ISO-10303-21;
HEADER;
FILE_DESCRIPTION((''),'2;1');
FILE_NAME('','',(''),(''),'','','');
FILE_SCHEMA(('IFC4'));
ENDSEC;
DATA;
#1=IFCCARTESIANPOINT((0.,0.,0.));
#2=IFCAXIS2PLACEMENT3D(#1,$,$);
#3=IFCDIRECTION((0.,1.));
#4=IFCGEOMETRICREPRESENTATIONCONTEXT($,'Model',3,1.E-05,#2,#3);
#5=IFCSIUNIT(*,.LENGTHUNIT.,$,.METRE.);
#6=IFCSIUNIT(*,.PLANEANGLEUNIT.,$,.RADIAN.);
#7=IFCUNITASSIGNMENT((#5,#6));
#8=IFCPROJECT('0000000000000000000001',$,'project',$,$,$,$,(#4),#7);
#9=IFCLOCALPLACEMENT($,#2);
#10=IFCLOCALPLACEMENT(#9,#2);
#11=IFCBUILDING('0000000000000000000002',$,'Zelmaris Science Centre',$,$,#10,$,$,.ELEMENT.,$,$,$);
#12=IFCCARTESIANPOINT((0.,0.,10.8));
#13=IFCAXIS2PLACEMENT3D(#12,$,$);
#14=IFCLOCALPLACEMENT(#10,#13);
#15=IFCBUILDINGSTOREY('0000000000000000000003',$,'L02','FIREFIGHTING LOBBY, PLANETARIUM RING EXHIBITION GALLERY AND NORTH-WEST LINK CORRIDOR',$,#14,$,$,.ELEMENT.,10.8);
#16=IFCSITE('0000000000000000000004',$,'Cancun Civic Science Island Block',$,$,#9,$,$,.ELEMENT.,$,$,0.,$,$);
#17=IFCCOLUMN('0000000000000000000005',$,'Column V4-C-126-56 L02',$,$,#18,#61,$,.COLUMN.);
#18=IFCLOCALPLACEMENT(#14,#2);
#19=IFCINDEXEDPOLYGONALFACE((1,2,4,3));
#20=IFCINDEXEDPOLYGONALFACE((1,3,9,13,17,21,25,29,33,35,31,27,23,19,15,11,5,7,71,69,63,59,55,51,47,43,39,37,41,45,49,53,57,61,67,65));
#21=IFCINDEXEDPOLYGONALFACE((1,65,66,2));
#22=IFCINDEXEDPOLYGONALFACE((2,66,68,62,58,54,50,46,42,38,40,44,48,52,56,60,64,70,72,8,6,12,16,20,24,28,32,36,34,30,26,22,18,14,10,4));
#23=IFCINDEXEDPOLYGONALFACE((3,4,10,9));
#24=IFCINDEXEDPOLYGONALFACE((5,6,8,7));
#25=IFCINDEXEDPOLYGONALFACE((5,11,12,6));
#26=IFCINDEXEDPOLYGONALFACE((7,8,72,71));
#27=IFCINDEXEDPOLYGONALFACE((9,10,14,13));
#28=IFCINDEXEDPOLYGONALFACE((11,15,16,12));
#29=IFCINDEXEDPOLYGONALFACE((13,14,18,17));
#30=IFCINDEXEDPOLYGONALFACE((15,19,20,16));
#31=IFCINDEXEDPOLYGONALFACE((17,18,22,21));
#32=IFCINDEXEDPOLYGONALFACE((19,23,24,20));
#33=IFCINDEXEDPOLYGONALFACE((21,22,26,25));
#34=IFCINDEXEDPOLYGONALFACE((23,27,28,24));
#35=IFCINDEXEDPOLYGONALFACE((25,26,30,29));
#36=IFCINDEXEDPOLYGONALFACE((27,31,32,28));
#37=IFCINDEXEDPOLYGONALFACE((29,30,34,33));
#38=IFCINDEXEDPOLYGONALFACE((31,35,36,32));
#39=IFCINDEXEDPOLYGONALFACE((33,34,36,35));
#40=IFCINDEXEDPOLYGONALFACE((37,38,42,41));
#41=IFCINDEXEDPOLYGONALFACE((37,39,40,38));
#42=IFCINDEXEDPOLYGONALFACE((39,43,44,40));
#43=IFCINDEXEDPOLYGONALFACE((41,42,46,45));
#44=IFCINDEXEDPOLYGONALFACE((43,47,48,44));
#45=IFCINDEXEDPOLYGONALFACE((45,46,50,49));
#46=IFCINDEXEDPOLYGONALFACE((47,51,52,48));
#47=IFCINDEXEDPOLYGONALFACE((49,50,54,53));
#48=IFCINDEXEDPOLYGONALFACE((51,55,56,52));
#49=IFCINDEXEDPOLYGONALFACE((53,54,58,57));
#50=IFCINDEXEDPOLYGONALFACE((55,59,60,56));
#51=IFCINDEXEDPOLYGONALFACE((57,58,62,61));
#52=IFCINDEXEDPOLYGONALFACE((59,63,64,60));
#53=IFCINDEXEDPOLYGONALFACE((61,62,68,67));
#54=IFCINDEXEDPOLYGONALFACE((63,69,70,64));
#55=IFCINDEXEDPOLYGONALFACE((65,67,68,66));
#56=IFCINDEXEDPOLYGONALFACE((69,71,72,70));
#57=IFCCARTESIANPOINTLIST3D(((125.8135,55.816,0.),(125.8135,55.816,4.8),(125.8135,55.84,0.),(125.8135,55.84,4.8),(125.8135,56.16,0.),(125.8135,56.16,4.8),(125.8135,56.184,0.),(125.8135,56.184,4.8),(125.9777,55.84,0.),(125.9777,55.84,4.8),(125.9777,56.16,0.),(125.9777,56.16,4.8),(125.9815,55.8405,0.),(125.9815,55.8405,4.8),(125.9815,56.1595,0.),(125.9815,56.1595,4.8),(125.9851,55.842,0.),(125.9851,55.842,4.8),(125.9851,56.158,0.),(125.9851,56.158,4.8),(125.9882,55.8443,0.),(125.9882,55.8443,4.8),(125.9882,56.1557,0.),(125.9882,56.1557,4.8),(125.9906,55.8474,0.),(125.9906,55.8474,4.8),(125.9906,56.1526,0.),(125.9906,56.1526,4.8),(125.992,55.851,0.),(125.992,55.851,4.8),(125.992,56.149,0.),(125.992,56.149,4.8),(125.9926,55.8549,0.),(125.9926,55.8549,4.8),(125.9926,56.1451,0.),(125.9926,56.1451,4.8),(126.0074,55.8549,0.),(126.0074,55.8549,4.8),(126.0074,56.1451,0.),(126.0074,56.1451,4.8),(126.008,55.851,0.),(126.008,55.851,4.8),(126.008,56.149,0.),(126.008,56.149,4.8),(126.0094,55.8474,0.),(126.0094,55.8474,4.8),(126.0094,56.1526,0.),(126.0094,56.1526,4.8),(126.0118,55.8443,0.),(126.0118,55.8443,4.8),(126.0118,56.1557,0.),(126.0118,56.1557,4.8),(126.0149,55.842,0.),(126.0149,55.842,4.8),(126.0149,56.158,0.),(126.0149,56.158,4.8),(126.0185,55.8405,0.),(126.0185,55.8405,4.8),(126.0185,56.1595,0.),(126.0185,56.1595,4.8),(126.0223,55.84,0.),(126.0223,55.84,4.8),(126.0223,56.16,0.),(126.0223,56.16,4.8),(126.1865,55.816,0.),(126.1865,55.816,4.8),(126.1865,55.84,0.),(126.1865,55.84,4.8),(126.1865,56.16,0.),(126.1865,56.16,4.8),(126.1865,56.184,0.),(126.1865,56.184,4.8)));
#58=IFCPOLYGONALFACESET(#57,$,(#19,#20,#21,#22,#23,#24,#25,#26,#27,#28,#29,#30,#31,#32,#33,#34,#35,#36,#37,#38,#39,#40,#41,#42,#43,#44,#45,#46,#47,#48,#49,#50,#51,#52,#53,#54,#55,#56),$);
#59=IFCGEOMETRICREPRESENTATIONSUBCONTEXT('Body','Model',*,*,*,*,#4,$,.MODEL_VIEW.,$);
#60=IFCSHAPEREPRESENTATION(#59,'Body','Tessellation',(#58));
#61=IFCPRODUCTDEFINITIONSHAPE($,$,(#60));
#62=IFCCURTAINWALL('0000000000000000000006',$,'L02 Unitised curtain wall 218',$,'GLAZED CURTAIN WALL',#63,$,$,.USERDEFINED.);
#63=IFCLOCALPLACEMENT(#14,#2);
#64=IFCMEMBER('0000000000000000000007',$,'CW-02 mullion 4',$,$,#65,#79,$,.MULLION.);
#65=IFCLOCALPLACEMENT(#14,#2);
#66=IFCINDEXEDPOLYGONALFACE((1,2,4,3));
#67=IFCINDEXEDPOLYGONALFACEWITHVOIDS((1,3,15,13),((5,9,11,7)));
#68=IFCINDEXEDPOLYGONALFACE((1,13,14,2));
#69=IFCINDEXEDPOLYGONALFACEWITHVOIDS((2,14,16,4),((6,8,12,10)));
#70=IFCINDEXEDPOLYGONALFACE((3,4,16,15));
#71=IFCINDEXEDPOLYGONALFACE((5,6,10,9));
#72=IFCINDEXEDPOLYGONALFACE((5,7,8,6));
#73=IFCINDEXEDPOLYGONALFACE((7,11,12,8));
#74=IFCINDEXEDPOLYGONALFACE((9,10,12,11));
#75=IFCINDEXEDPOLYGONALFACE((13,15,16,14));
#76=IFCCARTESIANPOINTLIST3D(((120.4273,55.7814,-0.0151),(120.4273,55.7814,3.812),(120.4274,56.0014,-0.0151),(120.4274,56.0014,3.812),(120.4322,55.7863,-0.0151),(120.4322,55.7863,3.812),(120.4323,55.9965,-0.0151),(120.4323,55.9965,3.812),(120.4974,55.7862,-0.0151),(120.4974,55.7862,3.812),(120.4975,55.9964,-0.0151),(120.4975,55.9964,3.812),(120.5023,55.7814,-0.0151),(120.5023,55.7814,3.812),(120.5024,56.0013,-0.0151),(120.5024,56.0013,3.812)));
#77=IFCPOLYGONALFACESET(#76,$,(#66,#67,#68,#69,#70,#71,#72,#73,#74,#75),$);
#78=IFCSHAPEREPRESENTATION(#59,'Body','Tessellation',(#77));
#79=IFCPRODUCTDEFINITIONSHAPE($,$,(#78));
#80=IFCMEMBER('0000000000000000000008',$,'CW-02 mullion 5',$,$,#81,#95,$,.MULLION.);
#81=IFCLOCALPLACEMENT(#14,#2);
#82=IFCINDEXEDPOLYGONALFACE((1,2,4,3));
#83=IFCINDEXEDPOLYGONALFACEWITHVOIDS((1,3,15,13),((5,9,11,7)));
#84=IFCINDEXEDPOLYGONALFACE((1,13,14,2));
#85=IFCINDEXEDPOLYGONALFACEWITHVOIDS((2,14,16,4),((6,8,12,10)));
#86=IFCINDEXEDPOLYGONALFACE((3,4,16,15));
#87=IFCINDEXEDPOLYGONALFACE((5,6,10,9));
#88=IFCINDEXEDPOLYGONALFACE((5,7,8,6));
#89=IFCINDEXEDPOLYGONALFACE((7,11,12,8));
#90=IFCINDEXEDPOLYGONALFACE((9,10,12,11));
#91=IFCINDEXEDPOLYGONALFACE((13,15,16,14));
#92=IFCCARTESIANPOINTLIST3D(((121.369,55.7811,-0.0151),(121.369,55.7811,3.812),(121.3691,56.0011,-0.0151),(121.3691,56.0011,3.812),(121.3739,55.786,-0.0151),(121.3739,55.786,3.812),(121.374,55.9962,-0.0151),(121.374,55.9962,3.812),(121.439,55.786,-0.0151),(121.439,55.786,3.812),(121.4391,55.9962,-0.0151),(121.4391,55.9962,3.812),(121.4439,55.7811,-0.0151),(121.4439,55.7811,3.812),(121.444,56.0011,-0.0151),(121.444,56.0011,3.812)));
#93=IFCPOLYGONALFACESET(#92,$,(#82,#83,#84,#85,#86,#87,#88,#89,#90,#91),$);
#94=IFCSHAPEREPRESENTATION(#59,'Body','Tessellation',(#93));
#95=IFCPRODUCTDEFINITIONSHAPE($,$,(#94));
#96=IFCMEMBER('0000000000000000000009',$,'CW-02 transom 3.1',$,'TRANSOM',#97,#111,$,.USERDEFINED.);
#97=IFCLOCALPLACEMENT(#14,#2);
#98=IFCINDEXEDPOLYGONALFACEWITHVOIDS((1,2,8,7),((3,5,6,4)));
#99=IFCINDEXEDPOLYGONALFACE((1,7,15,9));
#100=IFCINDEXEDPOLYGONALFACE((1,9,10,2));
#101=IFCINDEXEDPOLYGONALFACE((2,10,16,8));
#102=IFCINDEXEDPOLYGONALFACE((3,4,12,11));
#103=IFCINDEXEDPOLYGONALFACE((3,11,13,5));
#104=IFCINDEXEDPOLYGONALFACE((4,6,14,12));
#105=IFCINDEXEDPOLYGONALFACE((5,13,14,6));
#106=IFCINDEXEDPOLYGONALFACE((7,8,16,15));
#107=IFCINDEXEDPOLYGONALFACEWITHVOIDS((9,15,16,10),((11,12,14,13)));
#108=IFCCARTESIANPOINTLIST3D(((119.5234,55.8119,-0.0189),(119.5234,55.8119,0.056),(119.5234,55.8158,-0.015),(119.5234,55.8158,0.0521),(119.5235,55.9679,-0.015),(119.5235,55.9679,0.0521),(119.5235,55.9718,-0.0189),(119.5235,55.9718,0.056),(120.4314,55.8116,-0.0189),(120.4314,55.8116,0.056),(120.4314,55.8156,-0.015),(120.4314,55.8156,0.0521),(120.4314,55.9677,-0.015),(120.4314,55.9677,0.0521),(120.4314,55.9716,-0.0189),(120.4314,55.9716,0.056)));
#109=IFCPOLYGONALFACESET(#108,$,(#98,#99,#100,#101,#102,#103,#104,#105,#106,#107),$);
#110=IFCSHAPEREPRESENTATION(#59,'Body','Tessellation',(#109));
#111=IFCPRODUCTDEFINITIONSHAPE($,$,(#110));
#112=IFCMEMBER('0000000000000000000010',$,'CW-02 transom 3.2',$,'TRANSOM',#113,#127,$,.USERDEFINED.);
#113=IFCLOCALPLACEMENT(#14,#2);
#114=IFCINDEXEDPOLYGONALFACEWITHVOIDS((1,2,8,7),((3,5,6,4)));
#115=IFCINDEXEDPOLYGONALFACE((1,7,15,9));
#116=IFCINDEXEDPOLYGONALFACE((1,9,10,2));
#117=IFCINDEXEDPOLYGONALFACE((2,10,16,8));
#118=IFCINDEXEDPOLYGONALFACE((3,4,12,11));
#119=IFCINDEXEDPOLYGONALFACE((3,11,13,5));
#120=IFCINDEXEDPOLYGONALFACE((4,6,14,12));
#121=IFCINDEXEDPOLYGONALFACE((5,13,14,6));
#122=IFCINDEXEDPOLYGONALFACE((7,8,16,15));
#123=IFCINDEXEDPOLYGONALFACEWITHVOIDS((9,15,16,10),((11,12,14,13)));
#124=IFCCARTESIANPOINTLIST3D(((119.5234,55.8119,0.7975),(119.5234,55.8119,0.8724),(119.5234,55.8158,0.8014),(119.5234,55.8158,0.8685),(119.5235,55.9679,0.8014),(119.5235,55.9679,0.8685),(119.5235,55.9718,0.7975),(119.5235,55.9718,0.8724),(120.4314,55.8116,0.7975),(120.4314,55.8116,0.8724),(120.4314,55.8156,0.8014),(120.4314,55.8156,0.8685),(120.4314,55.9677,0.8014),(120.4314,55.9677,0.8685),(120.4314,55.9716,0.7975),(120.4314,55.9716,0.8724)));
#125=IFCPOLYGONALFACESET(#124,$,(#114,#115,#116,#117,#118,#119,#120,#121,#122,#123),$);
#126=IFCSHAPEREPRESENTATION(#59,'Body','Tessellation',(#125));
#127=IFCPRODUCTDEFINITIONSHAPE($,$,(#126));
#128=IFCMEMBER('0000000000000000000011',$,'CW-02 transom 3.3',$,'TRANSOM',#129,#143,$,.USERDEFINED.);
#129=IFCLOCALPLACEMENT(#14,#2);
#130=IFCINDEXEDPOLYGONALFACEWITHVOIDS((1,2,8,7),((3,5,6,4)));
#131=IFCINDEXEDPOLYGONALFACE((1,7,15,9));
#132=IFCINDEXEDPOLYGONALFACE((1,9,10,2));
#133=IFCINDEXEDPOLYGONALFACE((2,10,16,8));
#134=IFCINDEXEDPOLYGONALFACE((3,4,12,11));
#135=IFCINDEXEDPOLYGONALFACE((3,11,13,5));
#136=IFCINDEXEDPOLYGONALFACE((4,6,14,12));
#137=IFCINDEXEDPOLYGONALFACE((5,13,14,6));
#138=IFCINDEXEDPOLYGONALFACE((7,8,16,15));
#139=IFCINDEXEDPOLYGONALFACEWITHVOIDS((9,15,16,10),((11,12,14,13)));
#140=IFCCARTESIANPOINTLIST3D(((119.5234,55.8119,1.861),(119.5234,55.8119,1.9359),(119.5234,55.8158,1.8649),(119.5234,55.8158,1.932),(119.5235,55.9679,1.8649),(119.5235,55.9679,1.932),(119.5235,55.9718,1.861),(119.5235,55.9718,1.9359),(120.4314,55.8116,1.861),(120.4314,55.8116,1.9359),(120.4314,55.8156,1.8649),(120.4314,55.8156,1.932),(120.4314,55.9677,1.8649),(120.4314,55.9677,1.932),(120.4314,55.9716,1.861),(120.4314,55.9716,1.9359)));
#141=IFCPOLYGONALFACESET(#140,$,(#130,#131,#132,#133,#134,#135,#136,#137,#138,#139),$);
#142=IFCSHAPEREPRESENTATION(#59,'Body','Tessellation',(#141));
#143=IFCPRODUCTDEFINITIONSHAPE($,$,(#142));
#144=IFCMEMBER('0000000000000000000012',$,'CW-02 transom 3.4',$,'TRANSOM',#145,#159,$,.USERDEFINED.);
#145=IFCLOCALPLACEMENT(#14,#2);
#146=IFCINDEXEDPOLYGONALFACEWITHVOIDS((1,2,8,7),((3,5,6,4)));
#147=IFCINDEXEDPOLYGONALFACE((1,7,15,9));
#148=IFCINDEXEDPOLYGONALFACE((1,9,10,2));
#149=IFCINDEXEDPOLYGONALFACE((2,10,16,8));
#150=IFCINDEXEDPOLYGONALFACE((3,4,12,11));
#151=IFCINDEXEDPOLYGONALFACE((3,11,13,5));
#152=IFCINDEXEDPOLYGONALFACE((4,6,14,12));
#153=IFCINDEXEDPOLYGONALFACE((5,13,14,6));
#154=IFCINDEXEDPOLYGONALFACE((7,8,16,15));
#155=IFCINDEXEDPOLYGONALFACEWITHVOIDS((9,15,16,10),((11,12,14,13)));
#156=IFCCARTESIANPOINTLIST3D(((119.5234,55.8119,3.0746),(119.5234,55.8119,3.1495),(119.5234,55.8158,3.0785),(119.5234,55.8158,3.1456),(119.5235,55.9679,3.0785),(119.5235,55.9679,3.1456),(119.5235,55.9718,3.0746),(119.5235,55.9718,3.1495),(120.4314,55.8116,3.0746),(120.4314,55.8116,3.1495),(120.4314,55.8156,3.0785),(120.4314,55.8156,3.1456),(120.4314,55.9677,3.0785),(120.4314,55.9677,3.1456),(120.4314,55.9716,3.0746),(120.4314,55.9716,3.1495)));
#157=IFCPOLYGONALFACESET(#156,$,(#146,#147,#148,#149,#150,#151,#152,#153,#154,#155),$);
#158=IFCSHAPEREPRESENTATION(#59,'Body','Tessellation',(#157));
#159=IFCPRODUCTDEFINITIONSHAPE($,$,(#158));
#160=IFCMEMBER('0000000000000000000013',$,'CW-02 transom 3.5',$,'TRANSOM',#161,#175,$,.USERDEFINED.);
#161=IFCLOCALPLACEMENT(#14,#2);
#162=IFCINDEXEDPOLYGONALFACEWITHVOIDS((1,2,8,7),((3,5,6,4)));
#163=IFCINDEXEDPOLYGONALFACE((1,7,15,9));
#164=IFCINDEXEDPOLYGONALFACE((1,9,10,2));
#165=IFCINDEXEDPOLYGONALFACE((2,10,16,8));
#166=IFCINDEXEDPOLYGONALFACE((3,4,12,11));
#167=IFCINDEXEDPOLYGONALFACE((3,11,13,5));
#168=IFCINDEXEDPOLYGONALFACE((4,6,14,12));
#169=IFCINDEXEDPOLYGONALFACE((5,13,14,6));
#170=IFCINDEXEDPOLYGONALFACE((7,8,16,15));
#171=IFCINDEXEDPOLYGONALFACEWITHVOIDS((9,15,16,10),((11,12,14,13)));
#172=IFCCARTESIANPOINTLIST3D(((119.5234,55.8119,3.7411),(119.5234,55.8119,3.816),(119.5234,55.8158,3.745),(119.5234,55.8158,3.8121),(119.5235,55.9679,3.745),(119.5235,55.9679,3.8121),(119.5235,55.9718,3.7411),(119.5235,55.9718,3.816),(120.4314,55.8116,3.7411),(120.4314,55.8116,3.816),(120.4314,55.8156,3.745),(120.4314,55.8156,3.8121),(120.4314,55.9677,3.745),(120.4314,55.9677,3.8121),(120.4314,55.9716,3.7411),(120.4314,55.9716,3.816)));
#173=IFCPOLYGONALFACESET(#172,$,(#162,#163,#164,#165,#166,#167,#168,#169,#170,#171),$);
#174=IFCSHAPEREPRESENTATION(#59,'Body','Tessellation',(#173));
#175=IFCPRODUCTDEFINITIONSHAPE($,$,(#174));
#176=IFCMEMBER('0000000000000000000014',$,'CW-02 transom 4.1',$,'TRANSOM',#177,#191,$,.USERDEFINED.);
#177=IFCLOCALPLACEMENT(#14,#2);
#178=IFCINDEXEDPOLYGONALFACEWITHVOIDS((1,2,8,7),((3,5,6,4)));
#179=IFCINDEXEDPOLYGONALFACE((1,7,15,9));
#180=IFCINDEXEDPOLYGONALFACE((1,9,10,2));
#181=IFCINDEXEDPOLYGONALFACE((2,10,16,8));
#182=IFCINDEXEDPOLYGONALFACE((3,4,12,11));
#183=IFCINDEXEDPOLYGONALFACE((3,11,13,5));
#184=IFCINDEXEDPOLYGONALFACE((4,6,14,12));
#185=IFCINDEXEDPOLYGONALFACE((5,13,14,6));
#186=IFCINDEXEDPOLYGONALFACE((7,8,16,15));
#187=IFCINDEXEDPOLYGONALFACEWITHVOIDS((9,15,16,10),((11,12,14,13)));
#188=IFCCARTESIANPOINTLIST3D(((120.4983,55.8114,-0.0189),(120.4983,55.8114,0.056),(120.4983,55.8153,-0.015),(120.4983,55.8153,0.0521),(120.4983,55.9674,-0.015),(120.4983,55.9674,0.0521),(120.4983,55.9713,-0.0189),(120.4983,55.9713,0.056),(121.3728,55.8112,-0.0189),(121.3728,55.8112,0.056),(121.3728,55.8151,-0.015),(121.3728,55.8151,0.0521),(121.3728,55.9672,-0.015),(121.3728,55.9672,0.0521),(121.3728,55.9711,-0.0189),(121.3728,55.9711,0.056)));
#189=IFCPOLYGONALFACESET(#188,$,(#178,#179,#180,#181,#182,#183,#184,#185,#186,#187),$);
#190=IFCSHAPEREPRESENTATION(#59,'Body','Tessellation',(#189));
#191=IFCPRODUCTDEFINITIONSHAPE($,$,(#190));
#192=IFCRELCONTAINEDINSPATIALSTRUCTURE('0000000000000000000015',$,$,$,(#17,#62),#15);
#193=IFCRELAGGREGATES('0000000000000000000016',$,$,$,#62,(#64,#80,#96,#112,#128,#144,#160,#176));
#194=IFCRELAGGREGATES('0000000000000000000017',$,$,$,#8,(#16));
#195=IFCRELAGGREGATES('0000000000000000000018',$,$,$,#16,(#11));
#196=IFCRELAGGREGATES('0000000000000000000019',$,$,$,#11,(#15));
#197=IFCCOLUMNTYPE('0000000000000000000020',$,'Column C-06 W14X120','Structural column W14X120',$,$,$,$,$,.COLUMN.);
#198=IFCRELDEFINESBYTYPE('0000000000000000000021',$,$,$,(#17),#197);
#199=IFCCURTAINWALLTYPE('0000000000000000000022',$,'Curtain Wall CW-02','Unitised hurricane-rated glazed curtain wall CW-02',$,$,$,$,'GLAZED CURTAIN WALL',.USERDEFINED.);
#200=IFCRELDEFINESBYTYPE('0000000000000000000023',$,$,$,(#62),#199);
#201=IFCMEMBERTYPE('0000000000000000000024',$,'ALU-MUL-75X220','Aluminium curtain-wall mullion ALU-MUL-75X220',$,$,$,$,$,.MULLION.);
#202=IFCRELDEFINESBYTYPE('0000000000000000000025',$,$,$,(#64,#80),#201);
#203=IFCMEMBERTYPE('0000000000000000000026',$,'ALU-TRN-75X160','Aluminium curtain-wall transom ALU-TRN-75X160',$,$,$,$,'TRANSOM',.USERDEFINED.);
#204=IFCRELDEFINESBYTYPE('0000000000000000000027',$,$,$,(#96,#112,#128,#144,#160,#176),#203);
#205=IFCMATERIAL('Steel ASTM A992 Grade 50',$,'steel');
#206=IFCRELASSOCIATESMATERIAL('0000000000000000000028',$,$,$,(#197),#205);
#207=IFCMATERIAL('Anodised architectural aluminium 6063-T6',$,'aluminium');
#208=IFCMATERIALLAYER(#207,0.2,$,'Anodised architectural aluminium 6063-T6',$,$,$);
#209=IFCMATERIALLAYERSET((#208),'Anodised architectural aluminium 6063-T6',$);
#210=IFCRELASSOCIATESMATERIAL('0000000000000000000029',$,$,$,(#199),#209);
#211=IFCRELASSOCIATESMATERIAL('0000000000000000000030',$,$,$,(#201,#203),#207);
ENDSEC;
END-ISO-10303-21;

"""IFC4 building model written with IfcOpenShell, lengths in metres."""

from ifc_helpers import new_model, si_unit, direction, frame, origin, origin_2d, place, context, subcontext, project, spatial, hollow_rectangle, i_section, extrude, material, layer, layer_set, material_profile, profile_set, type_object, element, aggregate, save


model = new_model("IFC4")

# Units and contexts
model_context = context("Model", 3, precision=1e-05, world=origin(), true_north=direction((0.0, 1.0)))
body_context = subcontext(model_context, "Body", "Model", "MODEL_VIEW")
ifc_project = project(units=[si_unit("LENGTHUNIT", "METRE"), si_unit("PLANEANGLEUNIT", "RADIAN")], contexts=[model_context])

# Site, building, storey
site_placement = place(None, origin())
site = spatial("IfcSite", under=ifc_project, at=site_placement, Name="Cancun Civic Science Island Block", CompositionType="ELEMENT", RefElevation=0.0)
building_placement = place(site_placement, origin())
building = spatial("IfcBuilding", under=site, at=building_placement, Name="Zelmaris Science Centre", CompositionType="ELEMENT")
storey_placement = place(building_placement, frame((0.0, 0.0, 10.8)))
storey = spatial("IfcBuildingStorey", under=building, at=storey_placement, Name="L02", Description="FIREFIGHTING LOBBY, PLANETARIUM RING EXHIBITION GALLERY AND NORTH-WEST LINK CORRIDOR", CompositionType="ELEMENT", Elevation=10.8)

# Column
ifc_material_1 = material(Name="Steel ASTM A992 Grade 50", Category="steel")
ifc_material_profile_1 = material_profile(ifc_material_1, i_section(OverallWidth=0.373, OverallDepth=0.3679, WebThickness=0.0149, FlangeThickness=0.0239, FilletRadius=0.0149, at=origin_2d()), Name="W14X120")
ifc_profile_set_1 = profile_set([ifc_material_profile_1], Name="Steel ASTM A992 Grade 50")
column_type = type_object("IfcColumnType", Name="Column C-06 W14X120", Description="Structural column W14X120", PredefinedType="COLUMN", material=ifc_profile_set_1)
column_placement = place(storey_placement, frame((126.0, 56.0, 0.0), z_axis=(0.0, 0.0, 1.0), x_axis=(1.0, 0.0, 0.0)))
element("IfcColumn", 1, at=column_placement, inside=storey, type_object=column_type, Name="Column V4-C-126-56 L02", PredefinedType="COLUMN", context=body_context, shape_type="SweptSolid", body=[
    extrude(i_section(OverallWidth=0.373, OverallDepth=0.3679, WebThickness=0.0149, FlangeThickness=0.0239, FilletRadius=0.0149, at=origin_2d()), origin(), (0.0, 0.0, 1.0), 4.8),
])

# Curtain wall, members
ifc_material_2 = material(Name="Anodised architectural aluminium 6063-T6", Category="aluminium")
ifc_layer_1 = layer(ifc_material_2, 0.2, Name="Anodised architectural aluminium 6063-T6")
ifc_layer_set_1 = layer_set([ifc_layer_1], Name="Anodised architectural aluminium 6063-T6")
curtain_wall_type = type_object("IfcCurtainWallType", Name="Curtain Wall CW-02", Description="Unitised hurricane-rated glazed curtain wall CW-02", ElementType="GLAZED CURTAIN WALL", PredefinedType="USERDEFINED", material=ifc_layer_set_1)
curtain_wall_placement = place(storey_placement, origin())
curtain_wall = element("IfcCurtainWall", 2, at=curtain_wall_placement, inside=storey, type_object=curtain_wall_type, Name="L02 Unitised curtain wall 218", ObjectType="GLAZED CURTAIN WALL", PredefinedType="USERDEFINED")
ifc_material_profile_2 = material_profile(ifc_material_2, hollow_rectangle(XDim=0.075, YDim=0.22, WallThickness=0.0049, at=origin_2d()), Name="ALU-MUL-75X220")
ifc_profile_set_2 = profile_set([ifc_material_profile_2], Name="Anodised architectural aluminium 6063-T6")
member_type_1 = type_object("IfcMemberType", Name="ALU-MUL-75X220", Description="Aluminium curtain-wall mullion ALU-MUL-75X220", PredefinedType="MULLION", material=ifc_profile_set_2)
member_1_placement = place(storey_placement, frame((120.4648, 55.8914, -0.0151), z_axis=(0.0, 0.0, 1.0), x_axis=(1.0, -0.000489, 0.0)))
member_1 = element("IfcMember", 3, at=member_1_placement, type_object=member_type_1, Name="CW-02 mullion 4", PredefinedType="MULLION", context=body_context, shape_type="SweptSolid", body=[
    extrude(hollow_rectangle(XDim=0.075, YDim=0.22, WallThickness=0.0049, at=origin_2d()), origin(), (0.0, 0.0, 1.0), 3.8271),
])
member_2_placement = place(storey_placement, frame((121.4065, 55.8911, -0.0151), z_axis=(0.0, 0.0, 1.0), x_axis=(1.0, -0.000489, 0.0)))
member_2 = element("IfcMember", 4, at=member_2_placement, type_object=member_type_1, Name="CW-02 mullion 5", PredefinedType="MULLION", context=body_context, shape_type="SweptSolid", body=[
    extrude(hollow_rectangle(XDim=0.075, YDim=0.22, WallThickness=0.0049, at=origin_2d()), origin(), (0.0, 0.0, 1.0), 3.8271),
])
ifc_material_profile_3 = material_profile(ifc_material_2, hollow_rectangle(XDim=0.075, YDim=0.1599, WallThickness=0.0039, at=origin_2d()), Name="ALU-TRN-75X160")
ifc_profile_set_3 = profile_set([ifc_material_profile_3], Name="Anodised architectural aluminium 6063-T6")
member_type_2 = type_object("IfcMemberType", Name="ALU-TRN-75X160", Description="Aluminium curtain-wall transom ALU-TRN-75X160", ElementType="TRANSOM", PredefinedType="USERDEFINED", material=ifc_profile_set_3)
member_3_placement = place(storey_placement, frame((119.5234, 55.8918, 0.0186), z_axis=(1.0, -0.000269, 0.0), x_axis=(0.0, 0.0, 1.0)))
member_3 = element("IfcMember", 5, at=member_3_placement, type_object=member_type_2, Name="CW-02 transom 3.1", ObjectType="TRANSOM", PredefinedType="USERDEFINED", context=body_context, shape_type="SweptSolid", body=[
    extrude(hollow_rectangle(XDim=0.075, YDim=0.1599, WallThickness=0.0039, at=origin_2d()), origin(), (0.0, 0.0, 1.0), 0.908),
])
member_4_placement = place(storey_placement, frame((119.5234, 55.8918, 0.835), z_axis=(1.0, -0.000269, 0.0), x_axis=(0.0, 0.0, 1.0)))
member_4 = element("IfcMember", 6, at=member_4_placement, type_object=member_type_2, Name="CW-02 transom 3.2", ObjectType="TRANSOM", PredefinedType="USERDEFINED", context=body_context, shape_type="SweptSolid", body=[
    extrude(hollow_rectangle(XDim=0.075, YDim=0.1599, WallThickness=0.0039, at=origin_2d()), origin(), (0.0, 0.0, 1.0), 0.908),
])
member_5_placement = place(storey_placement, frame((119.5234, 55.8918, 1.8984), z_axis=(1.0, -0.000269, 0.0), x_axis=(0.0, 0.0, 1.0)))
member_5 = element("IfcMember", 7, at=member_5_placement, type_object=member_type_2, Name="CW-02 transom 3.3", ObjectType="TRANSOM", PredefinedType="USERDEFINED", context=body_context, shape_type="SweptSolid", body=[
    extrude(hollow_rectangle(XDim=0.075, YDim=0.1599, WallThickness=0.0039, at=origin_2d()), origin(), (0.0, 0.0, 1.0), 0.908),
])
member_6_placement = place(storey_placement, frame((119.5234, 55.8918, 3.1121), z_axis=(1.0, -0.000269, 0.0), x_axis=(0.0, 0.0, 1.0)))
member_6 = element("IfcMember", 8, at=member_6_placement, type_object=member_type_2, Name="CW-02 transom 3.4", ObjectType="TRANSOM", PredefinedType="USERDEFINED", context=body_context, shape_type="SweptSolid", body=[
    extrude(hollow_rectangle(XDim=0.075, YDim=0.1599, WallThickness=0.0039, at=origin_2d()), origin(), (0.0, 0.0, 1.0), 0.908),
])
member_7_placement = place(storey_placement, frame((119.5234, 55.8918, 3.7786), z_axis=(1.0, -0.000269, 0.0), x_axis=(0.0, 0.0, 1.0)))
member_7 = element("IfcMember", 9, at=member_7_placement, type_object=member_type_2, Name="CW-02 transom 3.5", ObjectType="TRANSOM", PredefinedType="USERDEFINED", context=body_context, shape_type="SweptSolid", body=[
    extrude(hollow_rectangle(XDim=0.075, YDim=0.1599, WallThickness=0.0039, at=origin_2d()), origin(), (0.0, 0.0, 1.0), 0.908),
])
member_8_placement = place(storey_placement, frame((120.4983, 55.8914, 0.0186), z_axis=(1.0, -0.000279, 0.0), x_axis=(0.0, 0.0, 1.0)))
member_8 = element("IfcMember", 10, at=member_8_placement, type_object=member_type_2, Name="CW-02 transom 4.1", ObjectType="TRANSOM", PredefinedType="USERDEFINED", context=body_context, shape_type="SweptSolid", body=[
    extrude(hollow_rectangle(XDim=0.075, YDim=0.1599, WallThickness=0.0039, at=origin_2d()), origin(), (0.0, 0.0, 1.0), 0.8745),
])
aggregate(curtain_wall, [member_1, member_2, member_3, member_4, member_5, member_6, member_7, member_8])

save(model, "model.ifc")
